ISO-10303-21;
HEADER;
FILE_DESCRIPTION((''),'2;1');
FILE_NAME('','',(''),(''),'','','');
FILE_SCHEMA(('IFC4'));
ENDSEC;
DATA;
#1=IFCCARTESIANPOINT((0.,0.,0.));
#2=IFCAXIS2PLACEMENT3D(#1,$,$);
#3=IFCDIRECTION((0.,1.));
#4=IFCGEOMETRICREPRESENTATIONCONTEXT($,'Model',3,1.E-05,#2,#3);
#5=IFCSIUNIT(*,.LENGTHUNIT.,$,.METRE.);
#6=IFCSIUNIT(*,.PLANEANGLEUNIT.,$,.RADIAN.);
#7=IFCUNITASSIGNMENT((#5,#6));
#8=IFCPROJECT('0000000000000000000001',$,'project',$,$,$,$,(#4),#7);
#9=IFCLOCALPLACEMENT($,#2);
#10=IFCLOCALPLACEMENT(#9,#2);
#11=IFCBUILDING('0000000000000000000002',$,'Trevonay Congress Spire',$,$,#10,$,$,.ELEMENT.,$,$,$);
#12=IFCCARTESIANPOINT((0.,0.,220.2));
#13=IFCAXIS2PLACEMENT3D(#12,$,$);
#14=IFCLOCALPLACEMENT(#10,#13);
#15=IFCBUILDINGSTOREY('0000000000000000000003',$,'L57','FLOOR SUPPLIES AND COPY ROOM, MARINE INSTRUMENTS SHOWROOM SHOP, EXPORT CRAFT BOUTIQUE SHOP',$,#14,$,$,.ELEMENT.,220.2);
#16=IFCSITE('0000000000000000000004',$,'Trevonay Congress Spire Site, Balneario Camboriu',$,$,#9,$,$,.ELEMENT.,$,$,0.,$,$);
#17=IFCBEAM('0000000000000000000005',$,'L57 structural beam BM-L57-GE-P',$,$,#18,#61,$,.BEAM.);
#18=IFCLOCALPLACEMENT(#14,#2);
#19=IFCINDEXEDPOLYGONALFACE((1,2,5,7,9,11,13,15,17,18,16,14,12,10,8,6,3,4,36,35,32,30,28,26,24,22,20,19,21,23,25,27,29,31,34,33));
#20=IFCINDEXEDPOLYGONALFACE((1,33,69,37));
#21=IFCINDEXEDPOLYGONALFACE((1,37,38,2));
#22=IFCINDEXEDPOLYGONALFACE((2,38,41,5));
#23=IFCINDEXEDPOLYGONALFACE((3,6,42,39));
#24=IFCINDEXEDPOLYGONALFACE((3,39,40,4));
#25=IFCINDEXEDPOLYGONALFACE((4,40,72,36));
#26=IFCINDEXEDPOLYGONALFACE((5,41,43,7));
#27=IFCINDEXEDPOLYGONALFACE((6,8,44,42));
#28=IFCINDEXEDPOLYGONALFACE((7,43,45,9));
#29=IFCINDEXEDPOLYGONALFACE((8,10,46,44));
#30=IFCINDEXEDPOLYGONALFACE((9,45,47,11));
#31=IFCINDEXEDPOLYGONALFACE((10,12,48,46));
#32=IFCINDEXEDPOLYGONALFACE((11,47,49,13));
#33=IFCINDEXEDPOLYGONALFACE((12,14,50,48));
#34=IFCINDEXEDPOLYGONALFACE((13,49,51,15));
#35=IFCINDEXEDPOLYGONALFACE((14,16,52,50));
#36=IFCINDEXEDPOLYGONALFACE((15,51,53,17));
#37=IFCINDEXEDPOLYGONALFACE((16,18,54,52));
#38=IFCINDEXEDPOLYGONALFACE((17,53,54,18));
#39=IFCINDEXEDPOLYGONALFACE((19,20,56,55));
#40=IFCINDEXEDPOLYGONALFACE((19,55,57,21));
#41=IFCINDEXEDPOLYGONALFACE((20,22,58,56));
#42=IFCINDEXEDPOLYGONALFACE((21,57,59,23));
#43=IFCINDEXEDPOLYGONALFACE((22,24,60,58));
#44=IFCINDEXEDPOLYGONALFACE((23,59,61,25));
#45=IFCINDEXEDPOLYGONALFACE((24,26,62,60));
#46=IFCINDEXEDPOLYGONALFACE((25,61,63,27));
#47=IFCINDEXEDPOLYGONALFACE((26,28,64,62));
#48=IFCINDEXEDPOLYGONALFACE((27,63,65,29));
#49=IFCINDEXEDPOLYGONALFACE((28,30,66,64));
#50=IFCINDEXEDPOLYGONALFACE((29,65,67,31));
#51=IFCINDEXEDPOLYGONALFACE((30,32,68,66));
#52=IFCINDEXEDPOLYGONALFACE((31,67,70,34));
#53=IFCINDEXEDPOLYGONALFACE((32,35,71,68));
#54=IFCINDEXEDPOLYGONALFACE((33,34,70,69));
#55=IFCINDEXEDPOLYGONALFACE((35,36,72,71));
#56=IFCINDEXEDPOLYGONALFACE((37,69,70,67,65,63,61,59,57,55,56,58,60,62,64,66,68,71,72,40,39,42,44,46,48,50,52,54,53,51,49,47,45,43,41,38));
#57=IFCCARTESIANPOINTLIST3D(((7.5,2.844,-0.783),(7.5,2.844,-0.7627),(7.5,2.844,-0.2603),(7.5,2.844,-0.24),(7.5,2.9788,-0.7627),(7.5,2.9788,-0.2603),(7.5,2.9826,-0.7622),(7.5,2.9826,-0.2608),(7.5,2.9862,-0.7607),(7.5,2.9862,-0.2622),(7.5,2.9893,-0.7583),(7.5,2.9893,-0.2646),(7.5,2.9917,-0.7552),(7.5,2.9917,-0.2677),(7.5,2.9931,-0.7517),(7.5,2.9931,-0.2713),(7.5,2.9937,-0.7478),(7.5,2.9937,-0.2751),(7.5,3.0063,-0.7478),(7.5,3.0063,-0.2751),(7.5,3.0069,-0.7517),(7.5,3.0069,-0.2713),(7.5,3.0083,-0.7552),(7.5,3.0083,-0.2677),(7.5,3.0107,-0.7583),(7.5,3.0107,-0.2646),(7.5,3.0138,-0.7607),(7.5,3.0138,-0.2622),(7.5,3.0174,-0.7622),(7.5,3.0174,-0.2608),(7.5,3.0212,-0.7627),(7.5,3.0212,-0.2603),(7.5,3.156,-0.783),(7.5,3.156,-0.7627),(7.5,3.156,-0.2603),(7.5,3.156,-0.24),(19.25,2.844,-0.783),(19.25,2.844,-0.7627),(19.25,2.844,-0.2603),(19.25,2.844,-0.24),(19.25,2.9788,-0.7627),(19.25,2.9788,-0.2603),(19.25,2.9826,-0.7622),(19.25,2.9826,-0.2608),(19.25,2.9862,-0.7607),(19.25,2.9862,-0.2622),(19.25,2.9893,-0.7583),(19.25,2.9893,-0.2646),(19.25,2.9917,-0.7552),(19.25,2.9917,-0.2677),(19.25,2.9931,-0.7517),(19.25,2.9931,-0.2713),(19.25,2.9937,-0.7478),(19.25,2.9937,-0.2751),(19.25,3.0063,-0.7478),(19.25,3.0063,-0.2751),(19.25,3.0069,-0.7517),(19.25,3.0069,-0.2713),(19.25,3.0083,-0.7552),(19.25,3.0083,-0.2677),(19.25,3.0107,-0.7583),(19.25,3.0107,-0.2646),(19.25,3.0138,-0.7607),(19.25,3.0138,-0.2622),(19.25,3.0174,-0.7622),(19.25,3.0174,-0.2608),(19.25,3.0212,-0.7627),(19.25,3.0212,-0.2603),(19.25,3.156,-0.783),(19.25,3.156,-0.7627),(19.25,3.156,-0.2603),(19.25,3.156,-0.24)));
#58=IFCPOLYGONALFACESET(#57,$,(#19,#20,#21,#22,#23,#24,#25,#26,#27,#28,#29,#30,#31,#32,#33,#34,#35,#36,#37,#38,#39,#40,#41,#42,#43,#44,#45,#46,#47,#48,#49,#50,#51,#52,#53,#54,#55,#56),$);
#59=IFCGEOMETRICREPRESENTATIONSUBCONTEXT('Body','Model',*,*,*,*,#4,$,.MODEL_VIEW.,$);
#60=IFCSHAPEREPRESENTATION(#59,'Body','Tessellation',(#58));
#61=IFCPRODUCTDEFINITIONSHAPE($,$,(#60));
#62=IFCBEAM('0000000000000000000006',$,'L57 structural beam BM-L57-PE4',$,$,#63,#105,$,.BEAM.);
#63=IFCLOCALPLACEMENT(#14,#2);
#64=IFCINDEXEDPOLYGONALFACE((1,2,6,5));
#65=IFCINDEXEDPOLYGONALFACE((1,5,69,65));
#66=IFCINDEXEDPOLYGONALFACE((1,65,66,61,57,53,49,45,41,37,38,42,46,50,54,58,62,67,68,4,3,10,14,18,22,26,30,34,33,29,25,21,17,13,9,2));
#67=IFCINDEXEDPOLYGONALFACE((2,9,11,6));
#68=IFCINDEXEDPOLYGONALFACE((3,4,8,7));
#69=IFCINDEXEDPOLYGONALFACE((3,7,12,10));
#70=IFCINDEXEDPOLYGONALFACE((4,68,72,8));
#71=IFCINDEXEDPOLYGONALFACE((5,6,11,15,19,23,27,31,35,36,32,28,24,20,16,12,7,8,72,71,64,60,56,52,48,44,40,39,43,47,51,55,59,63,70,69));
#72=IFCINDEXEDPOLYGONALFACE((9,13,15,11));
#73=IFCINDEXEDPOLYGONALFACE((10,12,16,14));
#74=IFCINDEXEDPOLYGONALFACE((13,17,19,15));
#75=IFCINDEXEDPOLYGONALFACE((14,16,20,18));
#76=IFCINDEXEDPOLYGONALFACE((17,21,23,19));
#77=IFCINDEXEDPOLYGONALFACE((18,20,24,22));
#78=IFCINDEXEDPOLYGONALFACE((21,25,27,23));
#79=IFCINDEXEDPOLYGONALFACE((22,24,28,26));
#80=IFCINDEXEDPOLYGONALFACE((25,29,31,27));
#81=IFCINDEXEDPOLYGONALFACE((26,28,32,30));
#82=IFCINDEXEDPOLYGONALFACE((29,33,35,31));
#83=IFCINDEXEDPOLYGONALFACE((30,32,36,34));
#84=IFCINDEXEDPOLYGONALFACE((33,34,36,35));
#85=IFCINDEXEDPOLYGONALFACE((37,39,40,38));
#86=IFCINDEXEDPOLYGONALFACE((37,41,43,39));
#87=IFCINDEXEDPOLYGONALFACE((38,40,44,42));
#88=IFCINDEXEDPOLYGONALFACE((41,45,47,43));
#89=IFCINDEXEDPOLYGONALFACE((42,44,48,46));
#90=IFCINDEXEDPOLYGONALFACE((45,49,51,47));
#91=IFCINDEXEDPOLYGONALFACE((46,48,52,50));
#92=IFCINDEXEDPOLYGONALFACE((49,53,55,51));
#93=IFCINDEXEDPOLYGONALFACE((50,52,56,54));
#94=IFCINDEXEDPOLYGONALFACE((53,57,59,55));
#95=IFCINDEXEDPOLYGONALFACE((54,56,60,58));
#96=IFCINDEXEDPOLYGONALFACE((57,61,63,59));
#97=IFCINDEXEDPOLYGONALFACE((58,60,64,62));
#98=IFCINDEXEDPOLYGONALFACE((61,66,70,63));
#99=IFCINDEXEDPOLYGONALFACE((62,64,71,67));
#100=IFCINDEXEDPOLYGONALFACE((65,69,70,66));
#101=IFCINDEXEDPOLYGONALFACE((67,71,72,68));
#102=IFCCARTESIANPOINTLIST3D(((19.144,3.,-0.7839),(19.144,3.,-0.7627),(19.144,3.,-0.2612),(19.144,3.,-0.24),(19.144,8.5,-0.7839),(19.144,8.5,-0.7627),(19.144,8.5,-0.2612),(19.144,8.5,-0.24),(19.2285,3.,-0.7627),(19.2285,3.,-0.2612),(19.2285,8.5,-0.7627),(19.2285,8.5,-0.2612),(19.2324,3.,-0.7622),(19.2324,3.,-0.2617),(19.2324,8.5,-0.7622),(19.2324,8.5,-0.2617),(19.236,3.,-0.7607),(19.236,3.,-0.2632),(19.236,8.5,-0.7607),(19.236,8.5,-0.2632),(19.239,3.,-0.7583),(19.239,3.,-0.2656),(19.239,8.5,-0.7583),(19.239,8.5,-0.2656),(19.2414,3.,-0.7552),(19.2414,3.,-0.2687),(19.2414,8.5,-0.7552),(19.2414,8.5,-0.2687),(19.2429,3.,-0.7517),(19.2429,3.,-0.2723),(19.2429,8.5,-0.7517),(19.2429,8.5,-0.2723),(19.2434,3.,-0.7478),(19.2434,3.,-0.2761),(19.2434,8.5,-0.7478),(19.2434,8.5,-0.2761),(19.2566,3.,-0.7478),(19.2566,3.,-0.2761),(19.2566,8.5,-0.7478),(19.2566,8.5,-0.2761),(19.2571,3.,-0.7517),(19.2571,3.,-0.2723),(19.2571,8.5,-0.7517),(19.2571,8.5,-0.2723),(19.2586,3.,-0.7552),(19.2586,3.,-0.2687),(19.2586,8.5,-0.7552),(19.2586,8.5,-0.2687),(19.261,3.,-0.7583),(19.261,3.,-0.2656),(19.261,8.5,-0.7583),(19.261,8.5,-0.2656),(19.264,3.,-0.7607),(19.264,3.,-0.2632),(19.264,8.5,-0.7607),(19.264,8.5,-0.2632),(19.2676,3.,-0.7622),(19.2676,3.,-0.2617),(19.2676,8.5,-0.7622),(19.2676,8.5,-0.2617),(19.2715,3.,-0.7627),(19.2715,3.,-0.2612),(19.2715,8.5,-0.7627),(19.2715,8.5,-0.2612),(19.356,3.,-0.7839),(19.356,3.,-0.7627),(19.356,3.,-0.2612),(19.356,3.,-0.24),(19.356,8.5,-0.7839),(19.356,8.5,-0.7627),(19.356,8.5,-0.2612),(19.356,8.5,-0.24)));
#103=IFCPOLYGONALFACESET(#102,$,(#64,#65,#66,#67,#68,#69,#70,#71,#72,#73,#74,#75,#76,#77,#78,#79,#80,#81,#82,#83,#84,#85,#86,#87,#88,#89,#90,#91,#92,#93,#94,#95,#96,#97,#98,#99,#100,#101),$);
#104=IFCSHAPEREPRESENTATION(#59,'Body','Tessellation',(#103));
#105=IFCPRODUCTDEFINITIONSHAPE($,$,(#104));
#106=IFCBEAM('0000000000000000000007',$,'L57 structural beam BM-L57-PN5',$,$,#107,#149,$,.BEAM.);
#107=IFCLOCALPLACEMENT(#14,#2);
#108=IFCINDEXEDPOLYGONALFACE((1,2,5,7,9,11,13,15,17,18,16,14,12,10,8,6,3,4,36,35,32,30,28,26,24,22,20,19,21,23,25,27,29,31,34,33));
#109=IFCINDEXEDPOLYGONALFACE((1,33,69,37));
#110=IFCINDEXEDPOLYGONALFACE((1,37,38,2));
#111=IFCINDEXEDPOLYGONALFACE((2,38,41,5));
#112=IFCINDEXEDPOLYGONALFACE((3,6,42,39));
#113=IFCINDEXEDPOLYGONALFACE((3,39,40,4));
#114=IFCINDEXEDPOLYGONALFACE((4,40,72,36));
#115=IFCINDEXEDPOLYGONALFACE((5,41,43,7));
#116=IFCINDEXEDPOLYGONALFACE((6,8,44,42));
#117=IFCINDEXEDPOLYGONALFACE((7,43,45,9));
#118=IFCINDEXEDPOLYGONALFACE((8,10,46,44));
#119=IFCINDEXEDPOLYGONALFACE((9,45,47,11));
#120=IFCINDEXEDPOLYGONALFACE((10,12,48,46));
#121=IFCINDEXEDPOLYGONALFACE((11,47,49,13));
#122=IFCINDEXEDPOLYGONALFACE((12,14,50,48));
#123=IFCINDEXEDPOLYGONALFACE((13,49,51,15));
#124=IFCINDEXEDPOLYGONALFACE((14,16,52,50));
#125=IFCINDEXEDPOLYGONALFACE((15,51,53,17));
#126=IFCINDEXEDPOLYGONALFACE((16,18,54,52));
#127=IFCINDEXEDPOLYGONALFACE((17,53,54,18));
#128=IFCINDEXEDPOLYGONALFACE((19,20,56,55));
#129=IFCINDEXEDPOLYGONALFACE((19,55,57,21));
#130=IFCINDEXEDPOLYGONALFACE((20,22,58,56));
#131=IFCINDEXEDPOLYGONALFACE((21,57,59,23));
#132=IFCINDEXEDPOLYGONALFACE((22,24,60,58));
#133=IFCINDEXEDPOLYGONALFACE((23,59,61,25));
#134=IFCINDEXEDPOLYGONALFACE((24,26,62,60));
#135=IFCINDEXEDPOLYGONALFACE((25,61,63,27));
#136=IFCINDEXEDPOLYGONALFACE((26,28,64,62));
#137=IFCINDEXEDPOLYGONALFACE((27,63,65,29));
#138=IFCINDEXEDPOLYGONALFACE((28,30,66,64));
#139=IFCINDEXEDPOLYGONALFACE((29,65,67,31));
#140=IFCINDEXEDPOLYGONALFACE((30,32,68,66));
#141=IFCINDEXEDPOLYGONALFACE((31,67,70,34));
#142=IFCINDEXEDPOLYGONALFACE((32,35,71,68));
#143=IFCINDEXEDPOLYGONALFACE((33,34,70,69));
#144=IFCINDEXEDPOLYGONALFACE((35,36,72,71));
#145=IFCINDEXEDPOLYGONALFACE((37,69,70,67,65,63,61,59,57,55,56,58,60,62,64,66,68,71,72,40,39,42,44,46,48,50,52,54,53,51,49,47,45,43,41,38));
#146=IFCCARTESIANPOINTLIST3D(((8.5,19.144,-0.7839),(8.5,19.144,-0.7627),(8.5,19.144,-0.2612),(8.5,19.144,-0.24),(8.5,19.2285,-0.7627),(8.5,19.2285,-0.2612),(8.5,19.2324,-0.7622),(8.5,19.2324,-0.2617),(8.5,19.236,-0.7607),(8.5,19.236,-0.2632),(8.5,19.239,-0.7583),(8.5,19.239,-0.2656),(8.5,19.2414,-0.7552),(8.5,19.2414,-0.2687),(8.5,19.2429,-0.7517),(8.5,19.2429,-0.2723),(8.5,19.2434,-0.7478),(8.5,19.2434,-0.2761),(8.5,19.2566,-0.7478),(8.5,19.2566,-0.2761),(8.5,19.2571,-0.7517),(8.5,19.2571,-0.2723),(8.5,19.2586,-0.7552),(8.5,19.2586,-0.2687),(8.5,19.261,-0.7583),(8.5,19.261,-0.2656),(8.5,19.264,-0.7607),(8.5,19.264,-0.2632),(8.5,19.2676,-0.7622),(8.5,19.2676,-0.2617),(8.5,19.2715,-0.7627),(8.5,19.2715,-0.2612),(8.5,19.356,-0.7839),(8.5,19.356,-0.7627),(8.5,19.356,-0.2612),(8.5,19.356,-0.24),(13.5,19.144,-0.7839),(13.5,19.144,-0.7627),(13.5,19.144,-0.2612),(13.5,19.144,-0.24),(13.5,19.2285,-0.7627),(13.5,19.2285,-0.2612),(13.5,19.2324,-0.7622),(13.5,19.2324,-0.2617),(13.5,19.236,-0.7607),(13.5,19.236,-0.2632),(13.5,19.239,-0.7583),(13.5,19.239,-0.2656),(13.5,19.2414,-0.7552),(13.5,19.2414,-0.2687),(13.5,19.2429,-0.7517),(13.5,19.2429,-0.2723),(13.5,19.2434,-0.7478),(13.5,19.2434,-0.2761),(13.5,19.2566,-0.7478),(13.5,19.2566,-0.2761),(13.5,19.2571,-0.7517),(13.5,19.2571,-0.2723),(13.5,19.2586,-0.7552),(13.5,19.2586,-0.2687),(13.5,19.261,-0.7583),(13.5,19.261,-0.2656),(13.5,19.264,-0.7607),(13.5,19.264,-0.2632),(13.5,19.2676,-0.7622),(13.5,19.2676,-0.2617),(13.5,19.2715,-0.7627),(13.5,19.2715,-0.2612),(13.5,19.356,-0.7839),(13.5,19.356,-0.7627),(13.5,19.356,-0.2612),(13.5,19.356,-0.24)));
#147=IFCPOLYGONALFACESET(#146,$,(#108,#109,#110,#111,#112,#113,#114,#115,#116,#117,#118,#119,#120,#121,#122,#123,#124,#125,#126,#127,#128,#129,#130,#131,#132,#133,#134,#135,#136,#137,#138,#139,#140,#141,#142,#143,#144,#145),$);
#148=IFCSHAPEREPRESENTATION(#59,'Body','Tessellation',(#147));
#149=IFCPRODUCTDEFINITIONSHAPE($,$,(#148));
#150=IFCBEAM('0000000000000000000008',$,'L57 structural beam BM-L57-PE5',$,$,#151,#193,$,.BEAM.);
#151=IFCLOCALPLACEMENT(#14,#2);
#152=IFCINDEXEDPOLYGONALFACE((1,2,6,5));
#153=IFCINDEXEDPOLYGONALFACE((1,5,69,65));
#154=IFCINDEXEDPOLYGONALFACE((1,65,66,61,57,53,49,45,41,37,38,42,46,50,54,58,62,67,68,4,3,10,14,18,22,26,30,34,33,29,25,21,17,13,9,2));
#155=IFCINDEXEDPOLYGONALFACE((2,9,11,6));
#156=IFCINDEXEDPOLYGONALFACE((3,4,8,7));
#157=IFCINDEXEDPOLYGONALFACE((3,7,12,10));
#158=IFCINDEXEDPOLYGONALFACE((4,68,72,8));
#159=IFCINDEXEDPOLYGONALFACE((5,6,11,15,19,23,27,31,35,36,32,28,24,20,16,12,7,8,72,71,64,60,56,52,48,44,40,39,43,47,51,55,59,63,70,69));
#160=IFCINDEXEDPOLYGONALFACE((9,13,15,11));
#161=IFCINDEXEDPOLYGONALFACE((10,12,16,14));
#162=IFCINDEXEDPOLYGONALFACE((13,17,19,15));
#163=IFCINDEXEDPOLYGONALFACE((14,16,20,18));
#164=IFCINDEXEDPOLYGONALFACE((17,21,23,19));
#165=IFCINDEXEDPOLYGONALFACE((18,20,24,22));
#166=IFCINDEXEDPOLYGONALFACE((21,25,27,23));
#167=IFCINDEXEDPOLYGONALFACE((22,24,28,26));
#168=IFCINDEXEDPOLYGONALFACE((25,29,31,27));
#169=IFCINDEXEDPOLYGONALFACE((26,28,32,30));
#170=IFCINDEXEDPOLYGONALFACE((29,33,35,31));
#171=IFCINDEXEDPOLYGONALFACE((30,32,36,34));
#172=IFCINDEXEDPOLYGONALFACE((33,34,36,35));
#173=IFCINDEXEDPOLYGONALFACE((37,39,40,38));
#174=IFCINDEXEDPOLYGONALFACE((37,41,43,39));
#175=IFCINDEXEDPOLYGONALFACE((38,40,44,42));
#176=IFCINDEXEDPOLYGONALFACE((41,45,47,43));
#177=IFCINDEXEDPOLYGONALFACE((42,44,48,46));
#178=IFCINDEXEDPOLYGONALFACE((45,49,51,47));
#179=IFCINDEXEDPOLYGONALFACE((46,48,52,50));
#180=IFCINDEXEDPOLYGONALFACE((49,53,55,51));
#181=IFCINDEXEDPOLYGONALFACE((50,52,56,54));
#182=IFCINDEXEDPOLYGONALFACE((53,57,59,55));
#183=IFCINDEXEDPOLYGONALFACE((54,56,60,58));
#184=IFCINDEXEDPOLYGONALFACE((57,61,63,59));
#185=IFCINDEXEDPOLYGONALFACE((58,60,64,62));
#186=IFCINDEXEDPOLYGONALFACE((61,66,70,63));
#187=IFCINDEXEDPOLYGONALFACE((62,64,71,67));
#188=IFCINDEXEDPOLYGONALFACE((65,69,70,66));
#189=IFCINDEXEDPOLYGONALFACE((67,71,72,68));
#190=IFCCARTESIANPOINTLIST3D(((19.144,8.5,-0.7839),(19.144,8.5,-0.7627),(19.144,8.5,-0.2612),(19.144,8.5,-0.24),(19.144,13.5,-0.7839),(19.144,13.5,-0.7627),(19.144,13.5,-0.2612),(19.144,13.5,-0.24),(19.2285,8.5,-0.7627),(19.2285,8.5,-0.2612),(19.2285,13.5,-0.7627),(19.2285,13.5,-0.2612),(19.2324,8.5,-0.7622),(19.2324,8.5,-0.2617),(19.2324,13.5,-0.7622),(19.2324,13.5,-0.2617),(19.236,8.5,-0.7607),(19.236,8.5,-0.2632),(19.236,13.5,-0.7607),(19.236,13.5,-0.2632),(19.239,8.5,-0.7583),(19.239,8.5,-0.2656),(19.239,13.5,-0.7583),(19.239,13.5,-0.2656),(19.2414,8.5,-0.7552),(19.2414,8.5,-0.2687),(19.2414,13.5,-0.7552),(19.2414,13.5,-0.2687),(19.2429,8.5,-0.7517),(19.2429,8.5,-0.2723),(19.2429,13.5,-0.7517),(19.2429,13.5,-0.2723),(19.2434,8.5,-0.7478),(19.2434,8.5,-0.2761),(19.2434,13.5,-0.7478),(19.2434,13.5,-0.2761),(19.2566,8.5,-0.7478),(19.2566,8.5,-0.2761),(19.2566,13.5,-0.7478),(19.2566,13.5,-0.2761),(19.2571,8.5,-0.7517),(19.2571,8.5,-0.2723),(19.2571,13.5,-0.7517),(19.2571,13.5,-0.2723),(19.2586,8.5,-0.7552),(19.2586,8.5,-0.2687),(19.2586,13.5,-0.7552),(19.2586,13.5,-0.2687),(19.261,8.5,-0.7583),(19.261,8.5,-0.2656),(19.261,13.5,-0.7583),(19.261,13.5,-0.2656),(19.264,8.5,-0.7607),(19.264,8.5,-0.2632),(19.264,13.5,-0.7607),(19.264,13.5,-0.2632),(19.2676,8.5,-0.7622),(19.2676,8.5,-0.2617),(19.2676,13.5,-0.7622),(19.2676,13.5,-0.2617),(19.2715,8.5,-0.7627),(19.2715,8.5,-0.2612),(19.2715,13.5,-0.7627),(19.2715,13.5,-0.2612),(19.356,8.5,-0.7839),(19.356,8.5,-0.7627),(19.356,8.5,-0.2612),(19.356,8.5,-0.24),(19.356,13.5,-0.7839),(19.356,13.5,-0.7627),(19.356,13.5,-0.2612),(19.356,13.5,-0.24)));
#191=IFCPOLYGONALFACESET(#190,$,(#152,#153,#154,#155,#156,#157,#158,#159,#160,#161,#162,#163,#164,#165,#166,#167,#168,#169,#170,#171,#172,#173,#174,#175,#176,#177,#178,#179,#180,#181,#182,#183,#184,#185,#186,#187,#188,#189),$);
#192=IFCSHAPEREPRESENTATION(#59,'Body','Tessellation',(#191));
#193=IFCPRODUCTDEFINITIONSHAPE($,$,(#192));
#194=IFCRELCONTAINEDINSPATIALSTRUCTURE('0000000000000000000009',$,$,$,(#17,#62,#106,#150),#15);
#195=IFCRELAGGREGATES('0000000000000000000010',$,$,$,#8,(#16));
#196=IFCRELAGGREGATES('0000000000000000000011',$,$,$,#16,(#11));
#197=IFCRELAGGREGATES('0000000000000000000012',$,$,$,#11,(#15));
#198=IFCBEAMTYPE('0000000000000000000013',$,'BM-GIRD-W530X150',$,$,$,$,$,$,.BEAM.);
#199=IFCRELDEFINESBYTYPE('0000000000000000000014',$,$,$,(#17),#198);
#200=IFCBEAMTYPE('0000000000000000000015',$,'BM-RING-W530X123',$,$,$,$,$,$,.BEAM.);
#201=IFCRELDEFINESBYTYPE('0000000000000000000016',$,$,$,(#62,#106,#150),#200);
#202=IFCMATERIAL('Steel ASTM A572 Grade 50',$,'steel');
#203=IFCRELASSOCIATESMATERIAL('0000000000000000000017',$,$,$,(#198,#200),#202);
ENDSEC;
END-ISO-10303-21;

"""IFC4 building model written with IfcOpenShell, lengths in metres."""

from ifc_helpers import new_model, si_unit, direction, frame, origin, origin_2d, place, context, subcontext, project, spatial, i_section, extrude, material, material_profile, profile_set, type_object, element, save


model = new_model("IFC4")

# Units and contexts
model_context = context("Model", 3, precision=1e-05, world=origin(), true_north=direction((0.0, 1.0)))
body_context = subcontext(model_context, "Body", "Model", "MODEL_VIEW")
ifc_project = project(units=[si_unit("LENGTHUNIT", "METRE"), si_unit("PLANEANGLEUNIT", "RADIAN")], contexts=[model_context])

# Site, building, storey
site_placement = place(None, origin())
site = spatial("IfcSite", under=ifc_project, at=site_placement, Name="Trevonay Congress Spire Site, Balneario Camboriu", CompositionType="ELEMENT", RefElevation=0.0)
building_placement = place(site_placement, origin())
building = spatial("IfcBuilding", under=site, at=building_placement, Name="Trevonay Congress Spire", CompositionType="ELEMENT")
storey_placement = place(building_placement, frame((0.0, 0.0, 220.2)))
storey = spatial("IfcBuildingStorey", under=building, at=storey_placement, Name="L57", Description="FLOOR SUPPLIES AND COPY ROOM, MARINE INSTRUMENTS SHOWROOM SHOP, EXPORT CRAFT BOUTIQUE SHOP", CompositionType="ELEMENT", Elevation=220.2)

# Shared definitions
ifc_material_1 = material(Name="Steel ASTM A572 Grade 50", Category="steel")

# Beams
ifc_material_profile_1 = material_profile(ifc_material_1, i_section(OverallWidth=0.312, OverallDepth=0.543, WebThickness=0.0127, FlangeThickness=0.0203, FilletRadius=0.0149, at=origin_2d()), Name="W530x150")
ifc_profile_set_1 = profile_set([ifc_material_profile_1], Name="Steel ASTM A572 Grade 50")
beam_type_1 = type_object("IfcBeamType", Name="BM-GIRD-W530X150", PredefinedType="BEAM", material=ifc_profile_set_1)
beam_1_placement = place(storey_placement, frame((7.5, 3.0, -0.5115), z_axis=(1.0, 0.0, 0.0), x_axis=(0.0, 1.0, 0.0)))
element("IfcBeam", 1, at=beam_1_placement, inside=storey, type_object=beam_type_1, Name="L57 structural beam BM-L57-GE-P", PredefinedType="BEAM", context=body_context, shape_type="SweptSolid", body=[
    extrude(i_section(OverallWidth=0.312, OverallDepth=0.543, WebThickness=0.0127, FlangeThickness=0.0203, FilletRadius=0.0149, at=origin_2d()), origin(), (0.0, 0.0, 1.0), 11.75),
])
ifc_material_profile_2 = material_profile(ifc_material_1, i_section(OverallWidth=0.2119, OverallDepth=0.5439, WebThickness=0.0132, FlangeThickness=0.0212, FilletRadius=0.0149, at=origin_2d()), Name="W530x123")
ifc_profile_set_2 = profile_set([ifc_material_profile_2], Name="Steel ASTM A572 Grade 50")
beam_type_2 = type_object("IfcBeamType", Name="BM-RING-W530X123", PredefinedType="BEAM", material=ifc_profile_set_2)
beam_2_placement = place(storey_placement, frame((19.25, 3.0, -0.512), z_axis=(0.0, 1.0, 0.0), x_axis=(-1.0, 0.0, 0.0)))
element("IfcBeam", 2, at=beam_2_placement, inside=storey, type_object=beam_type_2, Name="L57 structural beam BM-L57-PE4", PredefinedType="BEAM", context=body_context, shape_type="SweptSolid", body=[
    extrude(i_section(OverallWidth=0.2119, OverallDepth=0.5439, WebThickness=0.0132, FlangeThickness=0.0212, FilletRadius=0.0149, at=origin_2d()), origin(), (0.0, 0.0, 1.0), 5.5),
])
for number, where, z_axis, x_axis, name in (
    (3, (8.5, 19.25, -0.512), (1.0, 0.0, 0.0), (0.0, 1.0, 0.0), "L57 structural beam BM-L57-PN5"),
    (4, (19.25, 8.5, -0.512), (0.0, 1.0, 0.0), (-1.0, 0.0, 0.0), "L57 structural beam BM-L57-PE5"),
):
    element("IfcBeam", number, at=place(storey_placement, frame(where, z_axis=z_axis, x_axis=x_axis)), inside=storey, type_object=beam_type_2, Name=name, PredefinedType="BEAM", context=body_context, shape_type="SweptSolid", body=[
        extrude(i_section(OverallWidth=0.2119, OverallDepth=0.5439, WebThickness=0.0132, FlangeThickness=0.0212, FilletRadius=0.0149, at=origin_2d()), origin(), (0.0, 0.0, 1.0), 5.0),
    ])

save(model, "model.ifc")
